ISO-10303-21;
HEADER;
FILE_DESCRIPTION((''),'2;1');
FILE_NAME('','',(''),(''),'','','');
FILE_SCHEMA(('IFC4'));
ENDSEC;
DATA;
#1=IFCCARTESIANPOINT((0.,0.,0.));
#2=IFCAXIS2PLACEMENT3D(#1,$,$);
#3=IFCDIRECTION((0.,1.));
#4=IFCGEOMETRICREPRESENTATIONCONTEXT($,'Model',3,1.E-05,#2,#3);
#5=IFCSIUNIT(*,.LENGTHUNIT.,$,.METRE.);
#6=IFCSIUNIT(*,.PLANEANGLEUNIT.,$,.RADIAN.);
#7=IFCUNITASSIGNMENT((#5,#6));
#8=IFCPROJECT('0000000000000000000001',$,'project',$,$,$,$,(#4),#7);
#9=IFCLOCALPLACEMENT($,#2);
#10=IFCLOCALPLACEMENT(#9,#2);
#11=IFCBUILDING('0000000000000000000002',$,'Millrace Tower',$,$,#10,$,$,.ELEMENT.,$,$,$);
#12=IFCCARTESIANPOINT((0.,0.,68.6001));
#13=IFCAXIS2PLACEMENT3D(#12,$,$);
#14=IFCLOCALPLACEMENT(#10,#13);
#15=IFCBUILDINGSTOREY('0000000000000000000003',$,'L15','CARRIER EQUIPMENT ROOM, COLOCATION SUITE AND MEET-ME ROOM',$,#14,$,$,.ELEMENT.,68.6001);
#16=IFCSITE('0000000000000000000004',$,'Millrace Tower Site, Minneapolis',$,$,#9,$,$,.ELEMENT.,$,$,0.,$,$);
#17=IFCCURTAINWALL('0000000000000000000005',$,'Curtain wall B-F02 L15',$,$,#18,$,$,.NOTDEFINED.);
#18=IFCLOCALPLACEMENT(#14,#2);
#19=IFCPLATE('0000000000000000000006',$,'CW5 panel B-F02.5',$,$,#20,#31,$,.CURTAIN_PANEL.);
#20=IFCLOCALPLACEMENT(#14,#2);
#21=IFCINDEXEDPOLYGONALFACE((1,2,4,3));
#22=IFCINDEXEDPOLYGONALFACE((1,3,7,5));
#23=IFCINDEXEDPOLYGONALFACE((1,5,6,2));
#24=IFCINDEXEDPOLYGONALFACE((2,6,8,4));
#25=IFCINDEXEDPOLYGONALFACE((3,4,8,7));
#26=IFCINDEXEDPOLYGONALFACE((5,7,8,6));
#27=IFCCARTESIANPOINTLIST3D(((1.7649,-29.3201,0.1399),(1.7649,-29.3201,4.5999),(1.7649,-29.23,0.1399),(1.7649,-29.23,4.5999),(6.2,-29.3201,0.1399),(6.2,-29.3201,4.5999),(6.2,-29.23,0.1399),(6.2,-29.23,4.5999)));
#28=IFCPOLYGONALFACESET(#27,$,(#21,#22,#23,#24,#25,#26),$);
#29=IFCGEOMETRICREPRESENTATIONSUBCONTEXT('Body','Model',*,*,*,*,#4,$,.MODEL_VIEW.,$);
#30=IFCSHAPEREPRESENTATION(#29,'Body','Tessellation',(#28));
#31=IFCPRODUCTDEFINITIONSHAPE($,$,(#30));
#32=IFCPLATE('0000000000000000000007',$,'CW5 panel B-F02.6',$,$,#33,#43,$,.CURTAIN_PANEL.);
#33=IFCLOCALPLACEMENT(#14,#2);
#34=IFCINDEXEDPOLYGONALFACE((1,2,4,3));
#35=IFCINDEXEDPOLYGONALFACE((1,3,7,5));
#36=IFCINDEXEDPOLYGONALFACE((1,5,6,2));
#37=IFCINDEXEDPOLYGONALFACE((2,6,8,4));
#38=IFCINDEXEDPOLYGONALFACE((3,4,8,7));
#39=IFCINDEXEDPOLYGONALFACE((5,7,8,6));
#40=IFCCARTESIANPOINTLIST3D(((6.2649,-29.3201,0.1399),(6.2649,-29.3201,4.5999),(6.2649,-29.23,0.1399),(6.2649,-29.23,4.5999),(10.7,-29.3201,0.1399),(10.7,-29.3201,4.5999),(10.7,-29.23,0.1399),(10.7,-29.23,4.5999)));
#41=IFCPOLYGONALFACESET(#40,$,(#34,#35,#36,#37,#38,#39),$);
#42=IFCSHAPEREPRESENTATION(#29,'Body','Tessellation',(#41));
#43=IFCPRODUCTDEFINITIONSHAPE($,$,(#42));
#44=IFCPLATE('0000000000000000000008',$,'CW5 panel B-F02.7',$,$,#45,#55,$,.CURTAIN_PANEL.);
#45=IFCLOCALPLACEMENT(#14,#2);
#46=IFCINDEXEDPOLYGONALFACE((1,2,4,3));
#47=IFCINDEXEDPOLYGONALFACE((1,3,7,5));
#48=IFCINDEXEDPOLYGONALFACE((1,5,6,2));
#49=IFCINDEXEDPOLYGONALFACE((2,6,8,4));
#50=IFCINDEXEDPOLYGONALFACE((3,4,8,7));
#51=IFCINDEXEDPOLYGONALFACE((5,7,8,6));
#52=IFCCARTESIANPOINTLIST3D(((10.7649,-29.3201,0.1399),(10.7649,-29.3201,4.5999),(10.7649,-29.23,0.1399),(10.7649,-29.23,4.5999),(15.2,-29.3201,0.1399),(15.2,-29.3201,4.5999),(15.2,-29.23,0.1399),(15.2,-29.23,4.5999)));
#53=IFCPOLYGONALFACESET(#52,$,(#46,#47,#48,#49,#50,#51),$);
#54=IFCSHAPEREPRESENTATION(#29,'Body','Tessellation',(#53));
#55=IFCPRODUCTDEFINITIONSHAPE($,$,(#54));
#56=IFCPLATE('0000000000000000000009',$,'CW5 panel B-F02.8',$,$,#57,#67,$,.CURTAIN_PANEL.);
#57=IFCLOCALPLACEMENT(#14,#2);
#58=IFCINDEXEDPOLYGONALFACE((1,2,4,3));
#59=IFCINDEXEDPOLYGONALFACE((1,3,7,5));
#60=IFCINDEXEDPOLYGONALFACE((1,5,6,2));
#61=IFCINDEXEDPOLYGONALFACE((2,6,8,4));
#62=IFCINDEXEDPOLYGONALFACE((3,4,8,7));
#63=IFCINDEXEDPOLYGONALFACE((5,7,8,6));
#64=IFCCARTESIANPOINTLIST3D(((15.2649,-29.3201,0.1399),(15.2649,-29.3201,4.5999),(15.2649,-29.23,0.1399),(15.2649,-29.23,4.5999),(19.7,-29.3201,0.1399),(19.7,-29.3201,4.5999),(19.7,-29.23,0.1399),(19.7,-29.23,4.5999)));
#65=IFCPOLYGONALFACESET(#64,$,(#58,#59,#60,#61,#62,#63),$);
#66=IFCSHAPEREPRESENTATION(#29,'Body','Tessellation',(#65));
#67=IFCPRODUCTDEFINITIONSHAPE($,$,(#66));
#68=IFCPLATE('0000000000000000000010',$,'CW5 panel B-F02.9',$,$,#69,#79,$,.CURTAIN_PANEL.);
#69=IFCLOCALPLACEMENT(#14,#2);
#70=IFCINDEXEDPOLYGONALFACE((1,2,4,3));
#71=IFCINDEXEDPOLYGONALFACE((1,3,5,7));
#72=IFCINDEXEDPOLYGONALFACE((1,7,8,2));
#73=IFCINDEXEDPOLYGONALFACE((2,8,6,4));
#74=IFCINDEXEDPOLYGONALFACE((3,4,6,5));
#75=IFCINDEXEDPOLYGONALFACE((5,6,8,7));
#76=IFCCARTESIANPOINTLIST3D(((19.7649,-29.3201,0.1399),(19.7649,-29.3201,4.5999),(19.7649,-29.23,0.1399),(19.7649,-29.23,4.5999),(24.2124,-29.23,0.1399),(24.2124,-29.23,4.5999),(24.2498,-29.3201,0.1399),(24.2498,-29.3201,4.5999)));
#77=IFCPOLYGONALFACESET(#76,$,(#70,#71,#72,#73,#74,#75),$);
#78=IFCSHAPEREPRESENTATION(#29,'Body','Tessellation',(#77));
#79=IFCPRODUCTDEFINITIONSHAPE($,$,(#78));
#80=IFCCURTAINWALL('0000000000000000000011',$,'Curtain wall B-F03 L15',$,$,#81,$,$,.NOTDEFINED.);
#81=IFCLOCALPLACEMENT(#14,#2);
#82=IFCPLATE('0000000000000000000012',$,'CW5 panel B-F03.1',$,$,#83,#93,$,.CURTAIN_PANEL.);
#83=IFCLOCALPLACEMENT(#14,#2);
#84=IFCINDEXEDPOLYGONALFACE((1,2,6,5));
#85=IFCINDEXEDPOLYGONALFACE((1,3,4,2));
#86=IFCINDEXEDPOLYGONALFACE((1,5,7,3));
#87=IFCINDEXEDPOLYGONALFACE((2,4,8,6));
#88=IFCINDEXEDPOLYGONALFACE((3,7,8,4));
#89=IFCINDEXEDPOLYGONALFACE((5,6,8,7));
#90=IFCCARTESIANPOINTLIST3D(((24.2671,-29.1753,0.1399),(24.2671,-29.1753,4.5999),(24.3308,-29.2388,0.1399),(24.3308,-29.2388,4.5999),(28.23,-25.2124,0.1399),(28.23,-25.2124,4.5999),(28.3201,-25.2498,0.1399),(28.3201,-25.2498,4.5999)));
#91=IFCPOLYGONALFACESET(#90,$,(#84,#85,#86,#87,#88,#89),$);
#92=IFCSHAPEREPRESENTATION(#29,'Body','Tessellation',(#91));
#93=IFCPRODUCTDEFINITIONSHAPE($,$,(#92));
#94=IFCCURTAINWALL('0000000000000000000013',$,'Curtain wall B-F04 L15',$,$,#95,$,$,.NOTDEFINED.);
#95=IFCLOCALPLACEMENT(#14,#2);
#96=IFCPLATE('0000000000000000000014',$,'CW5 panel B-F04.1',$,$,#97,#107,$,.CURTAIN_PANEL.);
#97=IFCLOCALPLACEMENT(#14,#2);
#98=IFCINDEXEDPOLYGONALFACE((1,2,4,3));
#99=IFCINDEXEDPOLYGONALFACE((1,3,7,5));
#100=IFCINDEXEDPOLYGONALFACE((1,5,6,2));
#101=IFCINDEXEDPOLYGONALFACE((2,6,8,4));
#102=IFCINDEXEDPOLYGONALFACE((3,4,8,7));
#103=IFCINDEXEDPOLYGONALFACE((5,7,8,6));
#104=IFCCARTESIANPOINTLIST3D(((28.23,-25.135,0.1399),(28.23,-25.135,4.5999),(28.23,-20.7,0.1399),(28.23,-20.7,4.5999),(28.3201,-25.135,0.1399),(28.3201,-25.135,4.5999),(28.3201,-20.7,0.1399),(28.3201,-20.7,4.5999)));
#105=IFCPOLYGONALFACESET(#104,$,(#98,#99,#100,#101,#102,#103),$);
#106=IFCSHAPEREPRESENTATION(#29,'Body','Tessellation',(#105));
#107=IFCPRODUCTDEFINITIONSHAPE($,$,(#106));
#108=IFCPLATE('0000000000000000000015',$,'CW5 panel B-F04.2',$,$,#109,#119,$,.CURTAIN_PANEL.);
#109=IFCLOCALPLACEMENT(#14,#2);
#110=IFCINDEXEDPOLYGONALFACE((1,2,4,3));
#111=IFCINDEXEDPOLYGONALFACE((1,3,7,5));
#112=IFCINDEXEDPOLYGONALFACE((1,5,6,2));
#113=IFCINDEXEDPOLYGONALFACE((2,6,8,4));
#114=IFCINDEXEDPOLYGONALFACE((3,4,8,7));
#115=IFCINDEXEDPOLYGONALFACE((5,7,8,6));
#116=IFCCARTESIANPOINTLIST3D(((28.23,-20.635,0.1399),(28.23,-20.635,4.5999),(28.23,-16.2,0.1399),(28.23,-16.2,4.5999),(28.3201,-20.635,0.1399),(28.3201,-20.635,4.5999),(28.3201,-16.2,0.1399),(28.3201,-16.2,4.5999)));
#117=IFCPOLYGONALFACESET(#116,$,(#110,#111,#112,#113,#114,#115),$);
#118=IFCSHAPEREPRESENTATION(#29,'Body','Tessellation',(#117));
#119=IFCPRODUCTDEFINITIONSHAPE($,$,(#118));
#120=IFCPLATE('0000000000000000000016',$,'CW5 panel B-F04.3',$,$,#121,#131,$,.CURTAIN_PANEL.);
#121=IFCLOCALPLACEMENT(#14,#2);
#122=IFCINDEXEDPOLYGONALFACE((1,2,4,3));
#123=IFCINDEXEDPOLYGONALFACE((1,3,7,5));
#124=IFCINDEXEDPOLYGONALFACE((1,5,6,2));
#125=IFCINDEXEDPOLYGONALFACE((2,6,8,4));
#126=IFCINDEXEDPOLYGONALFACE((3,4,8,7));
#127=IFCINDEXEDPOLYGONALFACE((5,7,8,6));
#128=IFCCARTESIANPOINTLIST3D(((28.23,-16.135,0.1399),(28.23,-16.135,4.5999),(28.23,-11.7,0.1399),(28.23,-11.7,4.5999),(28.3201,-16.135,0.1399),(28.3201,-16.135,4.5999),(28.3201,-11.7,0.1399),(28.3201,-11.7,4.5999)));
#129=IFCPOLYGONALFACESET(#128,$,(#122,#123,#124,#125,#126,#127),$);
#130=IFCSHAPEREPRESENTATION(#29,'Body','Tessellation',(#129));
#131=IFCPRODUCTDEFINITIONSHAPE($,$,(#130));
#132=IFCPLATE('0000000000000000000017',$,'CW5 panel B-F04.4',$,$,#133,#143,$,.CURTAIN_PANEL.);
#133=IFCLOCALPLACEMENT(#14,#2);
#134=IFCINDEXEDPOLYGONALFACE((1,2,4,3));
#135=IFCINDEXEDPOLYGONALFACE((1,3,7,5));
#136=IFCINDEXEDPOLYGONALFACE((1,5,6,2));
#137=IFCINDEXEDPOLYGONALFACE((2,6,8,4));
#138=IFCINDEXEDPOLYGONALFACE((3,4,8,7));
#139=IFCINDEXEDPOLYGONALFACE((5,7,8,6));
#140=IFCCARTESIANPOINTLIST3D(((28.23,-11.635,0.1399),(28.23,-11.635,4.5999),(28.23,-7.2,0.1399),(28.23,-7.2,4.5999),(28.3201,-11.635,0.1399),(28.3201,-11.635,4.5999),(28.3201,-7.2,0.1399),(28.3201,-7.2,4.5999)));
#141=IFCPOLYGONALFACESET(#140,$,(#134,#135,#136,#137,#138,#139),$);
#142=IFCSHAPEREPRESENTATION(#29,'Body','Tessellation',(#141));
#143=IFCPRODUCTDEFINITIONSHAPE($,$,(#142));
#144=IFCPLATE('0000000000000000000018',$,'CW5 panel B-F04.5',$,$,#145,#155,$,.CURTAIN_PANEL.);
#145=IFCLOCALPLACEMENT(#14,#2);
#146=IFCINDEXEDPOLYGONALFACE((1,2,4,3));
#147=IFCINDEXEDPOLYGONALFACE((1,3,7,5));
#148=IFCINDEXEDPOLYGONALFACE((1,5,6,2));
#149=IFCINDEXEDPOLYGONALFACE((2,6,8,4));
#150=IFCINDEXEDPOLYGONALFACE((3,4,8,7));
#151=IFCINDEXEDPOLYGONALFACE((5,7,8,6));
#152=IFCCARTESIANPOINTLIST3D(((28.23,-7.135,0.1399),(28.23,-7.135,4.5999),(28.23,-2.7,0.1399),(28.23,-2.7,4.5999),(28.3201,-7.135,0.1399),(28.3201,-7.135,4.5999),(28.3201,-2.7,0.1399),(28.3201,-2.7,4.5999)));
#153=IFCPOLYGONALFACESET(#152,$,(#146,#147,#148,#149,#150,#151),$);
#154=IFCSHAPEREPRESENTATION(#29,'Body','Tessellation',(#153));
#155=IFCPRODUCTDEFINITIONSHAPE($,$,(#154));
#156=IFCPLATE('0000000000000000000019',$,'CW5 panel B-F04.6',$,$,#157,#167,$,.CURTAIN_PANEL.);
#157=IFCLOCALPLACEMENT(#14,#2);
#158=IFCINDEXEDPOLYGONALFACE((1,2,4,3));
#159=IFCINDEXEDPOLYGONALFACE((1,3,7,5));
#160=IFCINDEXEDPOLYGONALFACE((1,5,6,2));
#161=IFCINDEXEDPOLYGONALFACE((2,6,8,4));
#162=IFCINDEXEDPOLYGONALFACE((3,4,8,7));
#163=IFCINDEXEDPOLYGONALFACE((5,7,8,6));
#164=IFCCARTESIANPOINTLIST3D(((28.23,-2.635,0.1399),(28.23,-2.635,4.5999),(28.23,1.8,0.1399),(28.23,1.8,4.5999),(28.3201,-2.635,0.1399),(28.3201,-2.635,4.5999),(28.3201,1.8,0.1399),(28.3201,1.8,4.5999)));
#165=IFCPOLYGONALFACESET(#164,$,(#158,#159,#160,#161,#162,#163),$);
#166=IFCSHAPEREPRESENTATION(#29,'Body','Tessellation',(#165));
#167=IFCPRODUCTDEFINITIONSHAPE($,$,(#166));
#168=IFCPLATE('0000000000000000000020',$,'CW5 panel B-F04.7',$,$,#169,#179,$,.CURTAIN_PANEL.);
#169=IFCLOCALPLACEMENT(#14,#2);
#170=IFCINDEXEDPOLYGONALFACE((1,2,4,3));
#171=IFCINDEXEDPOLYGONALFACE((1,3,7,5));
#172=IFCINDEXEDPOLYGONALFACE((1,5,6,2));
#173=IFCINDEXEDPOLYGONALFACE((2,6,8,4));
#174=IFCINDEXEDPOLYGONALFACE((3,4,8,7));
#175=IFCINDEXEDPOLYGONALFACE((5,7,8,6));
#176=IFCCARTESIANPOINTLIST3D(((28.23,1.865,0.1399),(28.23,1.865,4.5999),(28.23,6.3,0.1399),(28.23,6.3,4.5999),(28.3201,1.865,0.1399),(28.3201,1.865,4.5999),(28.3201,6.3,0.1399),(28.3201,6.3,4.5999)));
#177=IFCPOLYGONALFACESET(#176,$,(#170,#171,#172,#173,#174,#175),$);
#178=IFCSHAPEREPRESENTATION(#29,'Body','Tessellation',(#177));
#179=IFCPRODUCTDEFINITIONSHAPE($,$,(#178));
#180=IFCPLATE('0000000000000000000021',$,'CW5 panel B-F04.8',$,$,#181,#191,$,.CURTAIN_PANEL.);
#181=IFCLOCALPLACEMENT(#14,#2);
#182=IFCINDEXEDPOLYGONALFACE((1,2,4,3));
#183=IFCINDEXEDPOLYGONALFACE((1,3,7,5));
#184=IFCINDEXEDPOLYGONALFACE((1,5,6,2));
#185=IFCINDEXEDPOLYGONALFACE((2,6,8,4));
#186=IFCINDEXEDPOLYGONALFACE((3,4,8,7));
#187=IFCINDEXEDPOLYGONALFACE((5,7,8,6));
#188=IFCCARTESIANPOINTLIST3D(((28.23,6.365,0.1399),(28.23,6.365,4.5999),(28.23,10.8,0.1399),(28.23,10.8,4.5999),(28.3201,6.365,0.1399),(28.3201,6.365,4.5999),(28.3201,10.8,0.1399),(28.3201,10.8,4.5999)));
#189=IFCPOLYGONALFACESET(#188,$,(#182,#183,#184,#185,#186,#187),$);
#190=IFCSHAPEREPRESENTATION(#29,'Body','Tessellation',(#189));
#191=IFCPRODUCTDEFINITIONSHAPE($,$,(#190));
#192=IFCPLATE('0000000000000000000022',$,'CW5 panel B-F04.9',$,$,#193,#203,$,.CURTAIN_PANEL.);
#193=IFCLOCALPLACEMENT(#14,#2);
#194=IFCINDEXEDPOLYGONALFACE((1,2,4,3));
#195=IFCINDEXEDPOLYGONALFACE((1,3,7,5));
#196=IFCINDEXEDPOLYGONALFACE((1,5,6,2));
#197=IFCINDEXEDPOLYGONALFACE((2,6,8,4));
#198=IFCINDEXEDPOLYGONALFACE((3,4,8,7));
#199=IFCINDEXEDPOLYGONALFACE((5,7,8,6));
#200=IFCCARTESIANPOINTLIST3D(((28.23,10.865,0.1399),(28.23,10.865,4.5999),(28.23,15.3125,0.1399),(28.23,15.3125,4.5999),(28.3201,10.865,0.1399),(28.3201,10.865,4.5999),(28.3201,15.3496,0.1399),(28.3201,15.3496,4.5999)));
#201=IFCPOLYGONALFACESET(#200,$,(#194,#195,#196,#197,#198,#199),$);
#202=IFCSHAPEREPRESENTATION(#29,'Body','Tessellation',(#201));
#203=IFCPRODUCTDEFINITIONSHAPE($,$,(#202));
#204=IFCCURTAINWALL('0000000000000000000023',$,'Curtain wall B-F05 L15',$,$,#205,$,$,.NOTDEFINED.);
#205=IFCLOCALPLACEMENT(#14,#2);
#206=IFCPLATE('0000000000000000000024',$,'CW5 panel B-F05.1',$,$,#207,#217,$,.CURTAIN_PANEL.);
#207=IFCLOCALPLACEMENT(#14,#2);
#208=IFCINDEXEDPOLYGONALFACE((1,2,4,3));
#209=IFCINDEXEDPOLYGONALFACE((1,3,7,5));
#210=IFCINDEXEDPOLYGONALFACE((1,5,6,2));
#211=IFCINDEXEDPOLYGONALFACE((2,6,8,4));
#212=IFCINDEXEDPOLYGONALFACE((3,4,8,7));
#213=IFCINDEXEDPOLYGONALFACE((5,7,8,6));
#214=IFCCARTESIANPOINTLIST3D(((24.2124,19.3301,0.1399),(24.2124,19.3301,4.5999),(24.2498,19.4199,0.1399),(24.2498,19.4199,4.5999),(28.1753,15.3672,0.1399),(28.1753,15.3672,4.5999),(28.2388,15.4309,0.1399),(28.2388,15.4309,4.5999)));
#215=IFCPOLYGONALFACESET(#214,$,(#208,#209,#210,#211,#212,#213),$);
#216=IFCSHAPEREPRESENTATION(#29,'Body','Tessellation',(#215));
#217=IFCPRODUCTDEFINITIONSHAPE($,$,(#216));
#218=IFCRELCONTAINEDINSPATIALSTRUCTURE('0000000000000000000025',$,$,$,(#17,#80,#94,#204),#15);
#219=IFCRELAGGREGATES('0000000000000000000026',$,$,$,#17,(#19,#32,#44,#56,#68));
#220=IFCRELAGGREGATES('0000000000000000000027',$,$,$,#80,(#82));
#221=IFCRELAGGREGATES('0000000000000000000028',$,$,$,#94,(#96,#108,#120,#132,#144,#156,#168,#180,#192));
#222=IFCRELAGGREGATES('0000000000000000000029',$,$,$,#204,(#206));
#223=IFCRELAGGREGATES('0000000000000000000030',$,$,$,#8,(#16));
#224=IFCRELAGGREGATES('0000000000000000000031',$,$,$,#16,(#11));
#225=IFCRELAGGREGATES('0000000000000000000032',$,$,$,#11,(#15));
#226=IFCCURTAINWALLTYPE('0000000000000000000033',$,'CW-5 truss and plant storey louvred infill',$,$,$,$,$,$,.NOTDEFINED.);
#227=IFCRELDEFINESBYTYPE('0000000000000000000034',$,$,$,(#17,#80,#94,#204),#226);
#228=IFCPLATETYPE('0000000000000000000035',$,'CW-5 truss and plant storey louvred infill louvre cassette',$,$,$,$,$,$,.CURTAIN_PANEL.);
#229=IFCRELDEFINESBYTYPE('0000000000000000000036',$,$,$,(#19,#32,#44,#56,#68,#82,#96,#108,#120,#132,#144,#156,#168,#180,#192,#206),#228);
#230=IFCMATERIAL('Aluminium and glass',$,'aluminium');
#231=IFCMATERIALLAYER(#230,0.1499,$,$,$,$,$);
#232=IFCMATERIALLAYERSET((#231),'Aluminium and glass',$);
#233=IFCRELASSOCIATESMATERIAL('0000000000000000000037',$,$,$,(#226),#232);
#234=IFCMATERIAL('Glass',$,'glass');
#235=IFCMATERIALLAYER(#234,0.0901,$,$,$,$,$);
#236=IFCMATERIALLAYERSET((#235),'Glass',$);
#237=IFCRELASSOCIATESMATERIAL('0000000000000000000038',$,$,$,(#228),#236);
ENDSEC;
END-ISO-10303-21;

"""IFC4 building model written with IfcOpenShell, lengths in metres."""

from ifc_helpers import new_model, si_unit, direction, frame, origin, place, context, subcontext, project, spatial, polyline, outline, extrude, material, layer, layer_set, type_object, element, aggregate, save


model = new_model("IFC4")

# Units and contexts
model_context = context("Model", 3, precision=1e-05, world=origin(), true_north=direction((0.0, 1.0)))
body_context = subcontext(model_context, "Body", "Model", "MODEL_VIEW")
ifc_project = project(units=[si_unit("LENGTHUNIT", "METRE"), si_unit("PLANEANGLEUNIT", "RADIAN")], contexts=[model_context])

# Site, building, storey
site_placement = place(None, origin())
site = spatial("IfcSite", under=ifc_project, at=site_placement, Name="Millrace Tower Site, Minneapolis", CompositionType="ELEMENT", RefElevation=0.0)
building_placement = place(site_placement, origin())
building = spatial("IfcBuilding", under=site, at=building_placement, Name="Millrace Tower", CompositionType="ELEMENT")
storey_placement = place(building_placement, frame((0.0, 0.0, 68.6001)))
storey = spatial("IfcBuildingStorey", under=building, at=storey_placement, Name="L15", Description="CARRIER EQUIPMENT ROOM, COLOCATION SUITE AND MEET-ME ROOM", CompositionType="ELEMENT", Elevation=68.6001)

# Curtain wall, plates
ifc_material_1 = material(Name="Aluminium and glass", Category="aluminium")
ifc_layer_1 = layer(ifc_material_1, 0.1499)
ifc_layer_set_1 = layer_set([ifc_layer_1], Name="Aluminium and glass")
curtain_wall_type = type_object("IfcCurtainWallType", Name="CW-5 truss and plant storey louvred infill", PredefinedType="NOTDEFINED", material=ifc_layer_set_1)
placement_1 = place(storey_placement, origin())
curtain_wall_1 = element("IfcCurtainWall", 1, at=placement_1, inside=storey, type_object=curtain_wall_type, Name="Curtain wall B-F02 L15", PredefinedType="NOTDEFINED")
ifc_material_2 = material(Name="Glass", Category="glass")
ifc_layer_2 = layer(ifc_material_2, 0.0901)
ifc_layer_set_2 = layer_set([ifc_layer_2], Name="Glass")
plate_type = type_object("IfcPlateType", Name="CW-5 truss and plant storey louvred infill louvre cassette", PredefinedType="CURTAIN_PANEL", material=ifc_layer_set_2)
placement_2 = place(storey_placement, frame((0.0, 0.0, 0.1399)))
plate_1 = element("IfcPlate", 2, at=placement_2, type_object=plate_type, Name="CW5 panel B-F02.5", PredefinedType="CURTAIN_PANEL", context=body_context, shape_type="SweptSolid", body=[
    extrude(outline(polyline([(1.7649, -29.3201), (6.2, -29.3201), (6.2, -29.23), (1.7649, -29.23), (1.7649, -29.3201)])), origin(), (0.0, 0.0, 1.0), 4.46),
])
plate_2 = element("IfcPlate", 3, at=placement_2, type_object=plate_type, Name="CW5 panel B-F02.6", PredefinedType="CURTAIN_PANEL", context=body_context, shape_type="SweptSolid", body=[
    extrude(outline(polyline([(6.2649, -29.3201), (10.7, -29.3201), (10.7, -29.23), (6.2649, -29.23), (6.2649, -29.3201)])), origin(), (0.0, 0.0, 1.0), 4.46),
])
plate_3 = element("IfcPlate", 4, at=placement_2, type_object=plate_type, Name="CW5 panel B-F02.7", PredefinedType="CURTAIN_PANEL", context=body_context, shape_type="SweptSolid", body=[
    extrude(outline(polyline([(10.7649, -29.3201), (15.2, -29.3201), (15.2, -29.23), (10.7649, -29.23), (10.7649, -29.3201)])), origin(), (0.0, 0.0, 1.0), 4.46),
])
plate_4 = element("IfcPlate", 5, at=placement_2, type_object=plate_type, Name="CW5 panel B-F02.8", PredefinedType="CURTAIN_PANEL", context=body_context, shape_type="SweptSolid", body=[
    extrude(outline(polyline([(15.2649, -29.3201), (19.7, -29.3201), (19.7, -29.23), (15.2649, -29.23), (15.2649, -29.3201)])), origin(), (0.0, 0.0, 1.0), 4.46),
])
plate_5 = element("IfcPlate", 6, at=placement_2, type_object=plate_type, Name="CW5 panel B-F02.9", PredefinedType="CURTAIN_PANEL", context=body_context, shape_type="SweptSolid", body=[
    extrude(outline(polyline([(19.7649, -29.3201), (24.2498, -29.3201), (24.2124, -29.23), (19.7649, -29.23), (19.7649, -29.3201)])), origin(), (0.0, 0.0, 1.0), 4.46),
])
aggregate(curtain_wall_1, [plate_1, plate_2, plate_3, plate_4, plate_5])

# Curtain wall, plate
curtain_wall_2 = element("IfcCurtainWall", 7, at=placement_1, inside=storey, type_object=curtain_wall_type, Name="Curtain wall B-F03 L15", PredefinedType="NOTDEFINED")
plate_6 = element("IfcPlate", 8, at=placement_2, type_object=plate_type, Name="CW5 panel B-F03.1", PredefinedType="CURTAIN_PANEL", context=body_context, shape_type="SweptSolid", body=[
    extrude(outline(polyline([(24.3308, -29.2388), (28.3201, -25.2498), (28.23, -25.2124), (24.2671, -29.1753), (24.3308, -29.2388)])), origin(), (0.0, 0.0, 1.0), 4.46),
])
aggregate(curtain_wall_2, [plate_6])

# Curtain wall, plates
curtain_wall_3 = element("IfcCurtainWall", 9, at=placement_1, inside=storey, type_object=curtain_wall_type, Name="Curtain wall B-F04 L15", PredefinedType="NOTDEFINED")
plate_7 = element("IfcPlate", 10, at=placement_2, type_object=plate_type, Name="CW5 panel B-F04.1", PredefinedType="CURTAIN_PANEL", context=body_context, shape_type="SweptSolid", body=[
    extrude(outline(polyline([(28.3201, -25.135), (28.3201, -20.7), (28.23, -20.7), (28.23, -25.135), (28.3201, -25.135)])), origin(), (0.0, 0.0, 1.0), 4.46),
])
plate_8 = element("IfcPlate", 11, at=placement_2, type_object=plate_type, Name="CW5 panel B-F04.2", PredefinedType="CURTAIN_PANEL", context=body_context, shape_type="SweptSolid", body=[
    extrude(outline(polyline([(28.3201, -20.635), (28.3201, -16.2), (28.23, -16.2), (28.23, -20.635), (28.3201, -20.635)])), origin(), (0.0, 0.0, 1.0), 4.46),
])
plate_9 = element("IfcPlate", 12, at=placement_2, type_object=plate_type, Name="CW5 panel B-F04.3", PredefinedType="CURTAIN_PANEL", context=body_context, shape_type="SweptSolid", body=[
    extrude(outline(polyline([(28.3201, -16.135), (28.3201, -11.7), (28.23, -11.7), (28.23, -16.135), (28.3201, -16.135)])), origin(), (0.0, 0.0, 1.0), 4.46),
])
plate_10 = element("IfcPlate", 13, at=placement_2, type_object=plate_type, Name="CW5 panel B-F04.4", PredefinedType="CURTAIN_PANEL", context=body_context, shape_type="SweptSolid", body=[
    extrude(outline(polyline([(28.3201, -11.635), (28.3201, -7.2), (28.23, -7.2), (28.23, -11.635), (28.3201, -11.635)])), origin(), (0.0, 0.0, 1.0), 4.46),
])
plate_11 = element("IfcPlate", 14, at=placement_2, type_object=plate_type, Name="CW5 panel B-F04.5", PredefinedType="CURTAIN_PANEL", context=body_context, shape_type="SweptSolid", body=[
    extrude(outline(polyline([(28.3201, -7.135), (28.3201, -2.7), (28.23, -2.7), (28.23, -7.135), (28.3201, -7.135)])), origin(), (0.0, 0.0, 1.0), 4.46),
])
plate_12 = element("IfcPlate", 15, at=placement_2, type_object=plate_type, Name="CW5 panel B-F04.6", PredefinedType="CURTAIN_PANEL", context=body_context, shape_type="SweptSolid", body=[
    extrude(outline(polyline([(28.3201, -2.635), (28.3201, 1.8), (28.23, 1.8), (28.23, -2.635), (28.3201, -2.635)])), origin(), (0.0, 0.0, 1.0), 4.46),
])
plate_13 = element("IfcPlate", 16, at=placement_2, type_object=plate_type, Name="CW5 panel B-F04.7", PredefinedType="CURTAIN_PANEL", context=body_context, shape_type="SweptSolid", body=[
    extrude(outline(polyline([(28.3201, 1.865), (28.3201, 6.3), (28.23, 6.3), (28.23, 1.865), (28.3201, 1.865)])), origin(), (0.0, 0.0, 1.0), 4.46),
])
plate_14 = element("IfcPlate", 17, at=placement_2, type_object=plate_type, Name="CW5 panel B-F04.8", PredefinedType="CURTAIN_PANEL", context=body_context, shape_type="SweptSolid", body=[
    extrude(outline(polyline([(28.3201, 6.365), (28.3201, 10.8), (28.23, 10.8), (28.23, 6.365), (28.3201, 6.365)])), origin(), (0.0, 0.0, 1.0), 4.46),
])
plate_15 = element("IfcPlate", 18, at=placement_2, type_object=plate_type, Name="CW5 panel B-F04.9", PredefinedType="CURTAIN_PANEL", context=body_context, shape_type="SweptSolid", body=[
    extrude(outline(polyline([(28.3201, 10.865), (28.3201, 15.3496), (28.23, 15.3125), (28.23, 10.865), (28.3201, 10.865)])), origin(), (0.0, 0.0, 1.0), 4.46),
])
aggregate(curtain_wall_3, [plate_7, plate_8, plate_9, plate_10, plate_11, plate_12, plate_13, plate_14, plate_15])

# Curtain wall, plate
curtain_wall_4 = element("IfcCurtainWall", 19, at=placement_1, inside=storey, type_object=curtain_wall_type, Name="Curtain wall B-F05 L15", PredefinedType="NOTDEFINED")
plate_16 = element("IfcPlate", 20, at=placement_2, type_object=plate_type, Name="CW5 panel B-F05.1", PredefinedType="CURTAIN_PANEL", context=body_context, shape_type="SweptSolid", body=[
    extrude(outline(polyline([(28.2388, 15.4309), (24.2498, 19.4199), (24.2124, 19.3301), (28.1753, 15.3672), (28.2388, 15.4309)])), origin(), (0.0, 0.0, 1.0), 4.46),
])
aggregate(curtain_wall_4, [plate_16])

save(model, "model.ifc")
